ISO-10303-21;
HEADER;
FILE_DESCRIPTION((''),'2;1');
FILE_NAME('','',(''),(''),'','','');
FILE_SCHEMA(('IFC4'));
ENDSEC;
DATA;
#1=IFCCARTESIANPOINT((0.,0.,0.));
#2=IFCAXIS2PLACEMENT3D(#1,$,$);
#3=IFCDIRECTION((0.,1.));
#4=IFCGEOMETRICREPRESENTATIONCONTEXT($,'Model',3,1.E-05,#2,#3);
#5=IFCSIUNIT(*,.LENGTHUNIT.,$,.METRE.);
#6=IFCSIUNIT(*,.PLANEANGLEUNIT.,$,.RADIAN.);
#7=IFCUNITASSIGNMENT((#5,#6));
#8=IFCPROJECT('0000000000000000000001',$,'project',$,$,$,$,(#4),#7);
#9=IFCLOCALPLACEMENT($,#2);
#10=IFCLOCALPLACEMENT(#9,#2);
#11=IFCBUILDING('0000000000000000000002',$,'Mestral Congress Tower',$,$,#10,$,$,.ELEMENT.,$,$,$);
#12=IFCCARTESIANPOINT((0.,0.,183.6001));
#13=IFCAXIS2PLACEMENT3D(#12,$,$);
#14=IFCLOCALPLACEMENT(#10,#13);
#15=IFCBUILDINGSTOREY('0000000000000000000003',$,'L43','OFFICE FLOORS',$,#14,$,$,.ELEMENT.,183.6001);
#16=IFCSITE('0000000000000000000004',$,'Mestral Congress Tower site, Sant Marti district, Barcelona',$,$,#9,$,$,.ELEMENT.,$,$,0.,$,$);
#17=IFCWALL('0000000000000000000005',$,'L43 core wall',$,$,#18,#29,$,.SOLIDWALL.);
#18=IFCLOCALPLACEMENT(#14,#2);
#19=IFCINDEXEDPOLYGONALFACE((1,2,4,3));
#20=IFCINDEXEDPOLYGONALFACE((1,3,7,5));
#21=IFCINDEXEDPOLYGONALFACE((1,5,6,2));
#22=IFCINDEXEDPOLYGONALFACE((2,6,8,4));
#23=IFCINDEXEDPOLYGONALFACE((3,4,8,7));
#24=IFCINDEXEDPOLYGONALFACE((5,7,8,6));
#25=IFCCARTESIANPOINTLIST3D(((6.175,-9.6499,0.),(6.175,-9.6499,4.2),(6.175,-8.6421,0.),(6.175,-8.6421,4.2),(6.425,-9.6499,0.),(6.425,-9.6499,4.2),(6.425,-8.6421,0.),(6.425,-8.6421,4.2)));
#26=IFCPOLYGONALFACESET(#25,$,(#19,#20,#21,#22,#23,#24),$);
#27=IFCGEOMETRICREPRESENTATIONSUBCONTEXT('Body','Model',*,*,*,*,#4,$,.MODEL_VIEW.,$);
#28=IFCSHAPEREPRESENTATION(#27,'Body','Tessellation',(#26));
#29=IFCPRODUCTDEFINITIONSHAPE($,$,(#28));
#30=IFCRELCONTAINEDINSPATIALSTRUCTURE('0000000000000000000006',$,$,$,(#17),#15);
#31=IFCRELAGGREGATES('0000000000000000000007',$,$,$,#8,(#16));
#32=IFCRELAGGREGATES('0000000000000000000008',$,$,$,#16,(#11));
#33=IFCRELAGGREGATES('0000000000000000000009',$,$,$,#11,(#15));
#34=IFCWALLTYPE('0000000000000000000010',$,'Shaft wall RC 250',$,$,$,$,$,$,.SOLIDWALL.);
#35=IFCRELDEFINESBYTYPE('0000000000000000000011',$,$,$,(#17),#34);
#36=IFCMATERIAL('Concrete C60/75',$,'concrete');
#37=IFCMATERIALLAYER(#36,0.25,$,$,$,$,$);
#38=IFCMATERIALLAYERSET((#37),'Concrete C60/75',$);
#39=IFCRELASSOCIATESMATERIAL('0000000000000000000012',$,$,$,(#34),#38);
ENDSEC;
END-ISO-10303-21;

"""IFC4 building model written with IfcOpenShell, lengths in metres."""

from ifc_helpers import new_model, si_unit, direction, frame, frame_2d, origin, place, context, subcontext, project, spatial, rectangle, extrude, material, layer, layer_set, type_object, element, save


model = new_model("IFC4")

# Units and contexts
model_context = context("Model", 3, precision=1e-05, world=origin(), true_north=direction((0.0, 1.0)))
body_context = subcontext(model_context, "Body", "Model", "MODEL_VIEW")
ifc_project = project(units=[si_unit("LENGTHUNIT", "METRE"), si_unit("PLANEANGLEUNIT", "RADIAN")], contexts=[model_context])

# Site, building, storey
site_placement = place(None, origin())
site = spatial("IfcSite", under=ifc_project, at=site_placement, Name="Mestral Congress Tower site, Sant Marti district, Barcelona", CompositionType="ELEMENT", RefElevation=0.0)
building_placement = place(site_placement, origin())
building = spatial("IfcBuilding", under=site, at=building_placement, Name="Mestral Congress Tower", CompositionType="ELEMENT")
storey_placement = place(building_placement, frame((0.0, 0.0, 183.6001)))
storey = spatial("IfcBuildingStorey", under=building, at=storey_placement, Name="L43", Description="OFFICE FLOORS", CompositionType="ELEMENT", Elevation=183.6001)

# Shared definitions
ifc_material_1 = material(Name="Concrete C60/75", Category="concrete")

# Wall
ifc_layer_1 = layer(ifc_material_1, 0.25)
ifc_layer_set_1 = layer_set([ifc_layer_1], Name="Concrete C60/75")
wall_type_1 = type_object("IfcWallType", Name="Shaft wall RC 250", PredefinedType="SOLIDWALL", material=ifc_layer_set_1)
wall_1_placement = place(storey_placement, frame((6.3, -9.6499, 0.0), z_axis=(0.0, 0.0, 1.0), x_axis=(0.0, 1.0, 0.0)))
element("IfcWall", 1, at=wall_1_placement, inside=storey, type_object=wall_type_1, Name="L43 core wall", PredefinedType="SOLIDWALL", context=body_context, shape_type="SweptSolid", body=[
    extrude(rectangle(XDim=1.0078, YDim=0.25, at=frame_2d((0.5039, 0.0))), origin(), (0.0, 0.0, 1.0), 4.2),
])

save(model, "model.ifc")
